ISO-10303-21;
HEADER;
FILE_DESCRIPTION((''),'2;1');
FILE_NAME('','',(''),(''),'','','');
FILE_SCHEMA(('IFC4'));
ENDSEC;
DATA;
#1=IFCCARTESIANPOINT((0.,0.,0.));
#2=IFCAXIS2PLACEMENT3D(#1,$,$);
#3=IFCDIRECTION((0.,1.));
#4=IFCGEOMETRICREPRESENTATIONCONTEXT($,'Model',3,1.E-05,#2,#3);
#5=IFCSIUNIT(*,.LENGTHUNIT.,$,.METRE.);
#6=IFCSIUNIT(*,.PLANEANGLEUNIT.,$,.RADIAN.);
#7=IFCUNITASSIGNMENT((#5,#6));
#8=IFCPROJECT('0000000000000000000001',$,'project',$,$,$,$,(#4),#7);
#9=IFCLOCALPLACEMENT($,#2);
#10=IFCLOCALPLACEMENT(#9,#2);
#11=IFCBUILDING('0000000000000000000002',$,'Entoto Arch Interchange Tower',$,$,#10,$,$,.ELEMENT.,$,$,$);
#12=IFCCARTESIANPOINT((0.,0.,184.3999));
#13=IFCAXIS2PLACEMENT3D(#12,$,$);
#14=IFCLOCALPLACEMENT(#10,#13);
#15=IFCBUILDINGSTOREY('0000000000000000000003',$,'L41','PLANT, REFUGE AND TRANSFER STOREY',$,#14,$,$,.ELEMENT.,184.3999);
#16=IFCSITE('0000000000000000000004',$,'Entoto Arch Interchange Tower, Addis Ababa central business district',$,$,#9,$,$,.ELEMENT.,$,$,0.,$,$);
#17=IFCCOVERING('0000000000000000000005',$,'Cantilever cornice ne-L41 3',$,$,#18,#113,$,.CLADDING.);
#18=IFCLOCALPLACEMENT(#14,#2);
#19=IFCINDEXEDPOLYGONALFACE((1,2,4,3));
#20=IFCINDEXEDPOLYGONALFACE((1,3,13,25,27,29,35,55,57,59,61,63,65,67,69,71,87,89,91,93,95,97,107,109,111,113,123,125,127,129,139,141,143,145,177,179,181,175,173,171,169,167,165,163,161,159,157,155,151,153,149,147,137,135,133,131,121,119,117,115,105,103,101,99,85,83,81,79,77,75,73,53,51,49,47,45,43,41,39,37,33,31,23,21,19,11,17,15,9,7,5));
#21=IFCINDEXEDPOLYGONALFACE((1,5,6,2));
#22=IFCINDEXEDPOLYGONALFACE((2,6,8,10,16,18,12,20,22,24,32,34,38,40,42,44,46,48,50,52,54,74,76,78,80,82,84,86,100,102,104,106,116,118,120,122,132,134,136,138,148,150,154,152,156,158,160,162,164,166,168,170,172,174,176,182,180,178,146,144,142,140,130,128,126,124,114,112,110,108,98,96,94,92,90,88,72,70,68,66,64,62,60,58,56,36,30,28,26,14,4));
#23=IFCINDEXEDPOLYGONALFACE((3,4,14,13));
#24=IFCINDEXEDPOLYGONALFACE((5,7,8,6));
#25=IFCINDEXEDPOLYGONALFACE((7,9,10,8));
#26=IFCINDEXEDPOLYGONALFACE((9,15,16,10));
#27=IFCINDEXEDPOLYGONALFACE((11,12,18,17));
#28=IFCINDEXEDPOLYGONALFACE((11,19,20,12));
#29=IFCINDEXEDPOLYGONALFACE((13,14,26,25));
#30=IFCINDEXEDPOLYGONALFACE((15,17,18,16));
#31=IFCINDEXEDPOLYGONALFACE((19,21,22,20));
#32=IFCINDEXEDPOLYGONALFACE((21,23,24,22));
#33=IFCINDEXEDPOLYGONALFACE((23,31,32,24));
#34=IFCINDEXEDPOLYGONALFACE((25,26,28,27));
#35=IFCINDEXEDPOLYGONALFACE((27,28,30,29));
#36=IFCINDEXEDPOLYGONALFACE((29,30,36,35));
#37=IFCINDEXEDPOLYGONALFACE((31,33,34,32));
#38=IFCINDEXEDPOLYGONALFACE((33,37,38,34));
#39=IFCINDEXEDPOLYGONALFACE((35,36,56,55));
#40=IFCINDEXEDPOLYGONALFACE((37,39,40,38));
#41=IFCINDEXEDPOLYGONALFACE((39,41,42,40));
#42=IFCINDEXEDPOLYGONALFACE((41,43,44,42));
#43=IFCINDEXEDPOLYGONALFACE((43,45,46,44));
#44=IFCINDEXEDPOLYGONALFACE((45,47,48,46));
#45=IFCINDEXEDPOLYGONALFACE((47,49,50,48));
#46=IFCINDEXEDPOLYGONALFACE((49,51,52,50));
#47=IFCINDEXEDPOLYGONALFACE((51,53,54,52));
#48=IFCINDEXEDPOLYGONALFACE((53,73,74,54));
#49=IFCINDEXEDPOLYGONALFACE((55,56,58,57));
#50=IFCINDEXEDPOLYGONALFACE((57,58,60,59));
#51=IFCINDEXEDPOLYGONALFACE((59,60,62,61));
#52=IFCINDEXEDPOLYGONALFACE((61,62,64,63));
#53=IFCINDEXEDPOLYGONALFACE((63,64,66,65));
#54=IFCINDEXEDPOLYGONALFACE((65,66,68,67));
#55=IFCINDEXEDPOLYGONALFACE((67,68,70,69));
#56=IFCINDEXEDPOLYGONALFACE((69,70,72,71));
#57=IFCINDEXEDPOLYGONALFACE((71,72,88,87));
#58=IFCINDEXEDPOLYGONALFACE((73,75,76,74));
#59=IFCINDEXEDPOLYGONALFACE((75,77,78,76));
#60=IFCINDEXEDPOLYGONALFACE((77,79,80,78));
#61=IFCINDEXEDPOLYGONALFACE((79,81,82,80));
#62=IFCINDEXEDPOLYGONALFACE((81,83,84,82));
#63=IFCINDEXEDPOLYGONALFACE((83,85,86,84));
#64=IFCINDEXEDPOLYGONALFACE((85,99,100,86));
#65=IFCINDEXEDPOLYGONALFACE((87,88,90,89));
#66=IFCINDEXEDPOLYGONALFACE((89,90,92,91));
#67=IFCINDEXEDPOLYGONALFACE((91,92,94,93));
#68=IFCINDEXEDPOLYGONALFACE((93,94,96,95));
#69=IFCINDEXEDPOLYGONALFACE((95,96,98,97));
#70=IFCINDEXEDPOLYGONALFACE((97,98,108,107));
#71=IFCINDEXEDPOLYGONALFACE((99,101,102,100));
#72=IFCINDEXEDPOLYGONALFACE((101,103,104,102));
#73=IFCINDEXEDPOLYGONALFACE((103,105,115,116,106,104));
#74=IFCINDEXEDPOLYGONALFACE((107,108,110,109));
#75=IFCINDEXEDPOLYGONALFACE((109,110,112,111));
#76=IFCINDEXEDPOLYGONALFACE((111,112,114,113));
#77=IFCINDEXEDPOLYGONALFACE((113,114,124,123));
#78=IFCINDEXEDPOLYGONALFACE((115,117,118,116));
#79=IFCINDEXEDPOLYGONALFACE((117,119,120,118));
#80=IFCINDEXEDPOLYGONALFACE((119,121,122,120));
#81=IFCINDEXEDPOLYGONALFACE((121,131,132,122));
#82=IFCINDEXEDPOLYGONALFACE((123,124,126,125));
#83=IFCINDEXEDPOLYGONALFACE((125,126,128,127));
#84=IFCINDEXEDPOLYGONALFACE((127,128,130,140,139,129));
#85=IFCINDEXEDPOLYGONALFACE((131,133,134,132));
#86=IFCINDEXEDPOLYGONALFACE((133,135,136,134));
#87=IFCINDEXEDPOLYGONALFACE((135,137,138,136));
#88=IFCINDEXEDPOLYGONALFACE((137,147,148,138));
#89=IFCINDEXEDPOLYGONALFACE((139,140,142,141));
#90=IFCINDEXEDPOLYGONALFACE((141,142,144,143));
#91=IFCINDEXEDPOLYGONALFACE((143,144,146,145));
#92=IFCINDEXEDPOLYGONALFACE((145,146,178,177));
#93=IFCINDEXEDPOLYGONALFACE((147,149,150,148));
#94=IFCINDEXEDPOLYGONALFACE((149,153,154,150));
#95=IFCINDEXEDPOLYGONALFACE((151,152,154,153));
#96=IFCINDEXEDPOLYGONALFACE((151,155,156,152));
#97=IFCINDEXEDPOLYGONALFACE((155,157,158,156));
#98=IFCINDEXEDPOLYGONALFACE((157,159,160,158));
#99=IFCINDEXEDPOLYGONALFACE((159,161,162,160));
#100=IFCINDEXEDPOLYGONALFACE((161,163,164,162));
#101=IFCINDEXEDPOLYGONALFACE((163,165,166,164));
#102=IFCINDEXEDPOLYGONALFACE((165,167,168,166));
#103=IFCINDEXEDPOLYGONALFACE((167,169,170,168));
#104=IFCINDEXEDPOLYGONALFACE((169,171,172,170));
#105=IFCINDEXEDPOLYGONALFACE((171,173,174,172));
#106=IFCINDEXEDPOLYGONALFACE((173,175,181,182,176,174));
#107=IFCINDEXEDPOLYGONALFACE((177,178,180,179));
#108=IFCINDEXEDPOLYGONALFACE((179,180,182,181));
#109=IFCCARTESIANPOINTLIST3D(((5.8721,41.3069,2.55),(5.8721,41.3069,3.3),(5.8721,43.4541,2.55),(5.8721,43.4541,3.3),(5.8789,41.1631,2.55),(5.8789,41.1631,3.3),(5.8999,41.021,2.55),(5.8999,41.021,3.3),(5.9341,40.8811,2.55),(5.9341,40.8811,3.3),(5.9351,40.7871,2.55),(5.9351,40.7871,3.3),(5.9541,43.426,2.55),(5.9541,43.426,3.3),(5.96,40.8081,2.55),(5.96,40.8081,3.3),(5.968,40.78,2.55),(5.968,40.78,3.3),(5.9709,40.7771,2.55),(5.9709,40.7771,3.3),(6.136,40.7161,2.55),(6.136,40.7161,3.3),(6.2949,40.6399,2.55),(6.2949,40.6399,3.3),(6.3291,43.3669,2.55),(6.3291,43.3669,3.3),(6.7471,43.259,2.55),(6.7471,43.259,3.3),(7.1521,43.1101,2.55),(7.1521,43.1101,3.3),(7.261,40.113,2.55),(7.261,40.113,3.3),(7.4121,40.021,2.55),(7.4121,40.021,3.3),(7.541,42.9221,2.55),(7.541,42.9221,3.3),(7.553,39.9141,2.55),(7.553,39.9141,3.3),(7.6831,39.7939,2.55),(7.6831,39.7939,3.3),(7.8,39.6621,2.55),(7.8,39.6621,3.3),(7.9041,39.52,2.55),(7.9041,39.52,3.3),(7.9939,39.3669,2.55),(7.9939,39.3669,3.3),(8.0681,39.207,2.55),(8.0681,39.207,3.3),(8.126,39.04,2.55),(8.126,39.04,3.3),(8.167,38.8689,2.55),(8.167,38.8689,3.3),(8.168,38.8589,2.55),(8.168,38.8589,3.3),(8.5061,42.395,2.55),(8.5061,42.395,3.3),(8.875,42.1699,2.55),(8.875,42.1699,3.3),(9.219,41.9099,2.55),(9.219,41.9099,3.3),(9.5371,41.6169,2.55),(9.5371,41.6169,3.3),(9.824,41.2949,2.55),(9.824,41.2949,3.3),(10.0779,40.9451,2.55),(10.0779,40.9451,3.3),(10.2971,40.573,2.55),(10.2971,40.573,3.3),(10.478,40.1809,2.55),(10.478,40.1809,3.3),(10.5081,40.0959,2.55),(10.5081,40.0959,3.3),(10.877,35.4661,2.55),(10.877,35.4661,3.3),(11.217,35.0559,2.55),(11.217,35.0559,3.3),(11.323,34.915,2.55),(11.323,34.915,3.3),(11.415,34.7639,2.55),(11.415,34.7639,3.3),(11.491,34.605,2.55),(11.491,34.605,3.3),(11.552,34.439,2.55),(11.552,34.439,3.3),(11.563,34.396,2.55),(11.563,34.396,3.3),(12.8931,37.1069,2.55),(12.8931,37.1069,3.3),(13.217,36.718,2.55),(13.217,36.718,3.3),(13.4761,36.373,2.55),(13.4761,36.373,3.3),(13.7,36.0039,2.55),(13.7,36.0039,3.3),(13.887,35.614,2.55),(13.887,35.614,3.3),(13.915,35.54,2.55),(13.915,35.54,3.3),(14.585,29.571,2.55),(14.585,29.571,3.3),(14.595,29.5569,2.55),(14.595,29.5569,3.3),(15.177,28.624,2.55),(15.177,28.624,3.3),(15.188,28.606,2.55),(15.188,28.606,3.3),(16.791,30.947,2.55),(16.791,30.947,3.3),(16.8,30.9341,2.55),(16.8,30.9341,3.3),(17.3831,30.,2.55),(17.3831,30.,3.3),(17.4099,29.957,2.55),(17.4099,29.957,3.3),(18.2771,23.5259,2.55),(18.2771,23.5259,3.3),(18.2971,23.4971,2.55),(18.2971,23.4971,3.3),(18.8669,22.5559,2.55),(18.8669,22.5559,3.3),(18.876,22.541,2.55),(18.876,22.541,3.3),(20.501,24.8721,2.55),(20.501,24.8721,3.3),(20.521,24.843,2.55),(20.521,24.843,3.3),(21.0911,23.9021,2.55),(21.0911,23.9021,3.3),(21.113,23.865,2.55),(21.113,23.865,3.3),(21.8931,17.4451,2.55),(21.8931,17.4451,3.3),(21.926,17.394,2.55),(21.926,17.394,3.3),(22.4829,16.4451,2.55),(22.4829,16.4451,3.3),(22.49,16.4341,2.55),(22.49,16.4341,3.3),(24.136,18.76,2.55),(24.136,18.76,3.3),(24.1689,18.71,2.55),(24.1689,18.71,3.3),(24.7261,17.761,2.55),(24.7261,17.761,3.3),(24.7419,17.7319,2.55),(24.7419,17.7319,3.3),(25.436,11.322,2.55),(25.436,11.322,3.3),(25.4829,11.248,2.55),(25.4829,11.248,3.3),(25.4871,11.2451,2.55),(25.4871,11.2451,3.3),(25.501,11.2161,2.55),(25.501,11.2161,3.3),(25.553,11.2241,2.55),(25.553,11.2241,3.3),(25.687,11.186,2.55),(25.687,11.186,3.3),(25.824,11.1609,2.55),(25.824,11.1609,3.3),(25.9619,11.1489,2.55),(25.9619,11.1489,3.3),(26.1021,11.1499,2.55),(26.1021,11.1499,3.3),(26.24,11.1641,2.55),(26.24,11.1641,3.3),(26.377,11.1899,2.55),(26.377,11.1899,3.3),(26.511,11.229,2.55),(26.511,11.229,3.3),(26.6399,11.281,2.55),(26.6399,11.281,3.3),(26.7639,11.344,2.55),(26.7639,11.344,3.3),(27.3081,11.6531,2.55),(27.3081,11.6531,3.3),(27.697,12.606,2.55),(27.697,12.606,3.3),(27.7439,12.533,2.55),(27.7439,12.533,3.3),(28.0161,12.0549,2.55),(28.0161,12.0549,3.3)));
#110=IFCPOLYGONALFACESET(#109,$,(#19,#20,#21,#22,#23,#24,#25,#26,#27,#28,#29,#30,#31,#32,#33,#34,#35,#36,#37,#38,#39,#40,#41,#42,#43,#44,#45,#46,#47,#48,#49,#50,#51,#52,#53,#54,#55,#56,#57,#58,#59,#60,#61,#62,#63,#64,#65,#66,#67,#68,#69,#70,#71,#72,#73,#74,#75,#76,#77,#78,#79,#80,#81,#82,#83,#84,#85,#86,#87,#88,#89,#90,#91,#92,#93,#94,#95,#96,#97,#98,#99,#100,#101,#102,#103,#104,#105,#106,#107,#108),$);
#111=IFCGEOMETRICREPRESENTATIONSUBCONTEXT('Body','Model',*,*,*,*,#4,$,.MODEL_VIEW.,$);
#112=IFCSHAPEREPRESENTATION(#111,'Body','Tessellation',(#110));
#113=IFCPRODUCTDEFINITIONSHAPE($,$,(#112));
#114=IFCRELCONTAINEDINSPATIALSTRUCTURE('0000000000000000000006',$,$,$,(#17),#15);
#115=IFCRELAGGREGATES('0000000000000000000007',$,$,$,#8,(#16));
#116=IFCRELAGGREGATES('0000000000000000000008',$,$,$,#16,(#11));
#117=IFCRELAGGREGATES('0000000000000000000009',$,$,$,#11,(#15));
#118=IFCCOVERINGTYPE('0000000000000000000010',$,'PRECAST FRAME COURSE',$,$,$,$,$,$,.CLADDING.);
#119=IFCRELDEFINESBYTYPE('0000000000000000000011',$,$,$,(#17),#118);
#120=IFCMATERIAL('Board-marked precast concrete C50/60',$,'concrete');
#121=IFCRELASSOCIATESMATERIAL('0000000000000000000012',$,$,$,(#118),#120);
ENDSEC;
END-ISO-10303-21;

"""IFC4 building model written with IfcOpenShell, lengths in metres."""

from ifc_helpers import new_model, si_unit, direction, frame, origin, place, context, subcontext, project, spatial, polyline, outline, extrude, material, type_object, element, save


model = new_model("IFC4")

# Units and contexts
model_context = context("Model", 3, precision=1e-05, world=origin(), true_north=direction((0.0, 1.0)))
body_context = subcontext(model_context, "Body", "Model", "MODEL_VIEW")
ifc_project = project(units=[si_unit("LENGTHUNIT", "METRE"), si_unit("PLANEANGLEUNIT", "RADIAN")], contexts=[model_context])

# Site, building, storey
site_placement = place(None, origin())
site = spatial("IfcSite", under=ifc_project, at=site_placement, Name="Entoto Arch Interchange Tower, Addis Ababa central business district", CompositionType="ELEMENT", RefElevation=0.0)
building_placement = place(site_placement, origin())
building = spatial("IfcBuilding", under=site, at=building_placement, Name="Entoto Arch Interchange Tower", CompositionType="ELEMENT")
storey_placement = place(building_placement, frame((0.0, 0.0, 184.3999)))
storey = spatial("IfcBuildingStorey", under=building, at=storey_placement, Name="L41", Description="PLANT, REFUGE AND TRANSFER STOREY", CompositionType="ELEMENT", Elevation=184.3999)

# Covering
ifc_material_1 = material(Name="Board-marked precast concrete C50/60", Category="concrete")
covering_type_1 = type_object("IfcCoveringType", Name="PRECAST FRAME COURSE", PredefinedType="CLADDING", material=ifc_material_1)
covering_1_placement = place(storey_placement, frame((0.0, 0.0, 2.55)))
element("IfcCovering", 1, at=covering_1_placement, inside=storey, type_object=covering_type_1, Name="Cantilever cornice ne-L41 3", PredefinedType="CLADDING", context=body_context, shape_type="SweptSolid", body=[
    extrude(outline(polyline([(5.9341, 40.8811), (5.8999, 41.021), (5.8789, 41.1631), (5.8721, 41.3069), (5.8721, 43.4541), (5.9541, 43.426), (6.3291, 43.3669), (6.7471, 43.259), (7.1521, 43.1101), (7.541, 42.9221), (8.5061, 42.395), (8.875, 42.1699), (9.219, 41.9099), (9.5371, 41.6169), (9.824, 41.2949), (10.0779, 40.9451), (10.2971, 40.573), (10.478, 40.1809), (10.5081, 40.0959), (12.8931, 37.1069), (13.217, 36.718), (13.4761, 36.373), (13.7, 36.0039), (13.887, 35.614), (13.915, 35.54), (16.791, 30.947), (16.8, 30.9341), (17.3831, 30.0), (17.4099, 29.957), (20.501, 24.8721), (20.521, 24.843), (21.0911, 23.9021), (21.113, 23.865), (24.136, 18.76), (24.1689, 18.71), (24.7261, 17.761), (24.7419, 17.7319), (27.697, 12.606), (27.7439, 12.533), (28.0161, 12.0549), (27.3081, 11.6531), (26.7639, 11.344), (26.6399, 11.281), (26.511, 11.229), (26.377, 11.1899), (26.24, 11.1641), (26.1021, 11.1499), (25.9619, 11.1489), (25.824, 11.1609), (25.687, 11.186), (25.553, 11.2241), (25.4871, 11.2451), (25.501, 11.2161), (25.4829, 11.248), (25.436, 11.322), (22.49, 16.4341), (22.4829, 16.4451), (21.926, 17.394), (21.8931, 17.4451), (18.876, 22.541), (18.8669, 22.5559), (18.2971, 23.4971), (18.2771, 23.5259), (15.188, 28.606), (15.177, 28.624), (14.595, 29.5569), (14.585, 29.571), (11.563, 34.396), (11.552, 34.439), (11.491, 34.605), (11.415, 34.7639), (11.323, 34.915), (11.217, 35.0559), (10.877, 35.4661), (8.168, 38.8589), (8.167, 38.8689), (8.126, 39.04), (8.0681, 39.207), (7.9939, 39.3669), (7.9041, 39.52), (7.8, 39.6621), (7.6831, 39.7939), (7.553, 39.9141), (7.4121, 40.021), (7.261, 40.113), (6.2949, 40.6399), (6.136, 40.7161), (5.9709, 40.7771), (5.9351, 40.7871), (5.968, 40.78), (5.96, 40.8081), (5.9341, 40.8811)])), origin(), (0.0, 0.0, 1.0), 0.75),
])

save(model, "model.ifc")
